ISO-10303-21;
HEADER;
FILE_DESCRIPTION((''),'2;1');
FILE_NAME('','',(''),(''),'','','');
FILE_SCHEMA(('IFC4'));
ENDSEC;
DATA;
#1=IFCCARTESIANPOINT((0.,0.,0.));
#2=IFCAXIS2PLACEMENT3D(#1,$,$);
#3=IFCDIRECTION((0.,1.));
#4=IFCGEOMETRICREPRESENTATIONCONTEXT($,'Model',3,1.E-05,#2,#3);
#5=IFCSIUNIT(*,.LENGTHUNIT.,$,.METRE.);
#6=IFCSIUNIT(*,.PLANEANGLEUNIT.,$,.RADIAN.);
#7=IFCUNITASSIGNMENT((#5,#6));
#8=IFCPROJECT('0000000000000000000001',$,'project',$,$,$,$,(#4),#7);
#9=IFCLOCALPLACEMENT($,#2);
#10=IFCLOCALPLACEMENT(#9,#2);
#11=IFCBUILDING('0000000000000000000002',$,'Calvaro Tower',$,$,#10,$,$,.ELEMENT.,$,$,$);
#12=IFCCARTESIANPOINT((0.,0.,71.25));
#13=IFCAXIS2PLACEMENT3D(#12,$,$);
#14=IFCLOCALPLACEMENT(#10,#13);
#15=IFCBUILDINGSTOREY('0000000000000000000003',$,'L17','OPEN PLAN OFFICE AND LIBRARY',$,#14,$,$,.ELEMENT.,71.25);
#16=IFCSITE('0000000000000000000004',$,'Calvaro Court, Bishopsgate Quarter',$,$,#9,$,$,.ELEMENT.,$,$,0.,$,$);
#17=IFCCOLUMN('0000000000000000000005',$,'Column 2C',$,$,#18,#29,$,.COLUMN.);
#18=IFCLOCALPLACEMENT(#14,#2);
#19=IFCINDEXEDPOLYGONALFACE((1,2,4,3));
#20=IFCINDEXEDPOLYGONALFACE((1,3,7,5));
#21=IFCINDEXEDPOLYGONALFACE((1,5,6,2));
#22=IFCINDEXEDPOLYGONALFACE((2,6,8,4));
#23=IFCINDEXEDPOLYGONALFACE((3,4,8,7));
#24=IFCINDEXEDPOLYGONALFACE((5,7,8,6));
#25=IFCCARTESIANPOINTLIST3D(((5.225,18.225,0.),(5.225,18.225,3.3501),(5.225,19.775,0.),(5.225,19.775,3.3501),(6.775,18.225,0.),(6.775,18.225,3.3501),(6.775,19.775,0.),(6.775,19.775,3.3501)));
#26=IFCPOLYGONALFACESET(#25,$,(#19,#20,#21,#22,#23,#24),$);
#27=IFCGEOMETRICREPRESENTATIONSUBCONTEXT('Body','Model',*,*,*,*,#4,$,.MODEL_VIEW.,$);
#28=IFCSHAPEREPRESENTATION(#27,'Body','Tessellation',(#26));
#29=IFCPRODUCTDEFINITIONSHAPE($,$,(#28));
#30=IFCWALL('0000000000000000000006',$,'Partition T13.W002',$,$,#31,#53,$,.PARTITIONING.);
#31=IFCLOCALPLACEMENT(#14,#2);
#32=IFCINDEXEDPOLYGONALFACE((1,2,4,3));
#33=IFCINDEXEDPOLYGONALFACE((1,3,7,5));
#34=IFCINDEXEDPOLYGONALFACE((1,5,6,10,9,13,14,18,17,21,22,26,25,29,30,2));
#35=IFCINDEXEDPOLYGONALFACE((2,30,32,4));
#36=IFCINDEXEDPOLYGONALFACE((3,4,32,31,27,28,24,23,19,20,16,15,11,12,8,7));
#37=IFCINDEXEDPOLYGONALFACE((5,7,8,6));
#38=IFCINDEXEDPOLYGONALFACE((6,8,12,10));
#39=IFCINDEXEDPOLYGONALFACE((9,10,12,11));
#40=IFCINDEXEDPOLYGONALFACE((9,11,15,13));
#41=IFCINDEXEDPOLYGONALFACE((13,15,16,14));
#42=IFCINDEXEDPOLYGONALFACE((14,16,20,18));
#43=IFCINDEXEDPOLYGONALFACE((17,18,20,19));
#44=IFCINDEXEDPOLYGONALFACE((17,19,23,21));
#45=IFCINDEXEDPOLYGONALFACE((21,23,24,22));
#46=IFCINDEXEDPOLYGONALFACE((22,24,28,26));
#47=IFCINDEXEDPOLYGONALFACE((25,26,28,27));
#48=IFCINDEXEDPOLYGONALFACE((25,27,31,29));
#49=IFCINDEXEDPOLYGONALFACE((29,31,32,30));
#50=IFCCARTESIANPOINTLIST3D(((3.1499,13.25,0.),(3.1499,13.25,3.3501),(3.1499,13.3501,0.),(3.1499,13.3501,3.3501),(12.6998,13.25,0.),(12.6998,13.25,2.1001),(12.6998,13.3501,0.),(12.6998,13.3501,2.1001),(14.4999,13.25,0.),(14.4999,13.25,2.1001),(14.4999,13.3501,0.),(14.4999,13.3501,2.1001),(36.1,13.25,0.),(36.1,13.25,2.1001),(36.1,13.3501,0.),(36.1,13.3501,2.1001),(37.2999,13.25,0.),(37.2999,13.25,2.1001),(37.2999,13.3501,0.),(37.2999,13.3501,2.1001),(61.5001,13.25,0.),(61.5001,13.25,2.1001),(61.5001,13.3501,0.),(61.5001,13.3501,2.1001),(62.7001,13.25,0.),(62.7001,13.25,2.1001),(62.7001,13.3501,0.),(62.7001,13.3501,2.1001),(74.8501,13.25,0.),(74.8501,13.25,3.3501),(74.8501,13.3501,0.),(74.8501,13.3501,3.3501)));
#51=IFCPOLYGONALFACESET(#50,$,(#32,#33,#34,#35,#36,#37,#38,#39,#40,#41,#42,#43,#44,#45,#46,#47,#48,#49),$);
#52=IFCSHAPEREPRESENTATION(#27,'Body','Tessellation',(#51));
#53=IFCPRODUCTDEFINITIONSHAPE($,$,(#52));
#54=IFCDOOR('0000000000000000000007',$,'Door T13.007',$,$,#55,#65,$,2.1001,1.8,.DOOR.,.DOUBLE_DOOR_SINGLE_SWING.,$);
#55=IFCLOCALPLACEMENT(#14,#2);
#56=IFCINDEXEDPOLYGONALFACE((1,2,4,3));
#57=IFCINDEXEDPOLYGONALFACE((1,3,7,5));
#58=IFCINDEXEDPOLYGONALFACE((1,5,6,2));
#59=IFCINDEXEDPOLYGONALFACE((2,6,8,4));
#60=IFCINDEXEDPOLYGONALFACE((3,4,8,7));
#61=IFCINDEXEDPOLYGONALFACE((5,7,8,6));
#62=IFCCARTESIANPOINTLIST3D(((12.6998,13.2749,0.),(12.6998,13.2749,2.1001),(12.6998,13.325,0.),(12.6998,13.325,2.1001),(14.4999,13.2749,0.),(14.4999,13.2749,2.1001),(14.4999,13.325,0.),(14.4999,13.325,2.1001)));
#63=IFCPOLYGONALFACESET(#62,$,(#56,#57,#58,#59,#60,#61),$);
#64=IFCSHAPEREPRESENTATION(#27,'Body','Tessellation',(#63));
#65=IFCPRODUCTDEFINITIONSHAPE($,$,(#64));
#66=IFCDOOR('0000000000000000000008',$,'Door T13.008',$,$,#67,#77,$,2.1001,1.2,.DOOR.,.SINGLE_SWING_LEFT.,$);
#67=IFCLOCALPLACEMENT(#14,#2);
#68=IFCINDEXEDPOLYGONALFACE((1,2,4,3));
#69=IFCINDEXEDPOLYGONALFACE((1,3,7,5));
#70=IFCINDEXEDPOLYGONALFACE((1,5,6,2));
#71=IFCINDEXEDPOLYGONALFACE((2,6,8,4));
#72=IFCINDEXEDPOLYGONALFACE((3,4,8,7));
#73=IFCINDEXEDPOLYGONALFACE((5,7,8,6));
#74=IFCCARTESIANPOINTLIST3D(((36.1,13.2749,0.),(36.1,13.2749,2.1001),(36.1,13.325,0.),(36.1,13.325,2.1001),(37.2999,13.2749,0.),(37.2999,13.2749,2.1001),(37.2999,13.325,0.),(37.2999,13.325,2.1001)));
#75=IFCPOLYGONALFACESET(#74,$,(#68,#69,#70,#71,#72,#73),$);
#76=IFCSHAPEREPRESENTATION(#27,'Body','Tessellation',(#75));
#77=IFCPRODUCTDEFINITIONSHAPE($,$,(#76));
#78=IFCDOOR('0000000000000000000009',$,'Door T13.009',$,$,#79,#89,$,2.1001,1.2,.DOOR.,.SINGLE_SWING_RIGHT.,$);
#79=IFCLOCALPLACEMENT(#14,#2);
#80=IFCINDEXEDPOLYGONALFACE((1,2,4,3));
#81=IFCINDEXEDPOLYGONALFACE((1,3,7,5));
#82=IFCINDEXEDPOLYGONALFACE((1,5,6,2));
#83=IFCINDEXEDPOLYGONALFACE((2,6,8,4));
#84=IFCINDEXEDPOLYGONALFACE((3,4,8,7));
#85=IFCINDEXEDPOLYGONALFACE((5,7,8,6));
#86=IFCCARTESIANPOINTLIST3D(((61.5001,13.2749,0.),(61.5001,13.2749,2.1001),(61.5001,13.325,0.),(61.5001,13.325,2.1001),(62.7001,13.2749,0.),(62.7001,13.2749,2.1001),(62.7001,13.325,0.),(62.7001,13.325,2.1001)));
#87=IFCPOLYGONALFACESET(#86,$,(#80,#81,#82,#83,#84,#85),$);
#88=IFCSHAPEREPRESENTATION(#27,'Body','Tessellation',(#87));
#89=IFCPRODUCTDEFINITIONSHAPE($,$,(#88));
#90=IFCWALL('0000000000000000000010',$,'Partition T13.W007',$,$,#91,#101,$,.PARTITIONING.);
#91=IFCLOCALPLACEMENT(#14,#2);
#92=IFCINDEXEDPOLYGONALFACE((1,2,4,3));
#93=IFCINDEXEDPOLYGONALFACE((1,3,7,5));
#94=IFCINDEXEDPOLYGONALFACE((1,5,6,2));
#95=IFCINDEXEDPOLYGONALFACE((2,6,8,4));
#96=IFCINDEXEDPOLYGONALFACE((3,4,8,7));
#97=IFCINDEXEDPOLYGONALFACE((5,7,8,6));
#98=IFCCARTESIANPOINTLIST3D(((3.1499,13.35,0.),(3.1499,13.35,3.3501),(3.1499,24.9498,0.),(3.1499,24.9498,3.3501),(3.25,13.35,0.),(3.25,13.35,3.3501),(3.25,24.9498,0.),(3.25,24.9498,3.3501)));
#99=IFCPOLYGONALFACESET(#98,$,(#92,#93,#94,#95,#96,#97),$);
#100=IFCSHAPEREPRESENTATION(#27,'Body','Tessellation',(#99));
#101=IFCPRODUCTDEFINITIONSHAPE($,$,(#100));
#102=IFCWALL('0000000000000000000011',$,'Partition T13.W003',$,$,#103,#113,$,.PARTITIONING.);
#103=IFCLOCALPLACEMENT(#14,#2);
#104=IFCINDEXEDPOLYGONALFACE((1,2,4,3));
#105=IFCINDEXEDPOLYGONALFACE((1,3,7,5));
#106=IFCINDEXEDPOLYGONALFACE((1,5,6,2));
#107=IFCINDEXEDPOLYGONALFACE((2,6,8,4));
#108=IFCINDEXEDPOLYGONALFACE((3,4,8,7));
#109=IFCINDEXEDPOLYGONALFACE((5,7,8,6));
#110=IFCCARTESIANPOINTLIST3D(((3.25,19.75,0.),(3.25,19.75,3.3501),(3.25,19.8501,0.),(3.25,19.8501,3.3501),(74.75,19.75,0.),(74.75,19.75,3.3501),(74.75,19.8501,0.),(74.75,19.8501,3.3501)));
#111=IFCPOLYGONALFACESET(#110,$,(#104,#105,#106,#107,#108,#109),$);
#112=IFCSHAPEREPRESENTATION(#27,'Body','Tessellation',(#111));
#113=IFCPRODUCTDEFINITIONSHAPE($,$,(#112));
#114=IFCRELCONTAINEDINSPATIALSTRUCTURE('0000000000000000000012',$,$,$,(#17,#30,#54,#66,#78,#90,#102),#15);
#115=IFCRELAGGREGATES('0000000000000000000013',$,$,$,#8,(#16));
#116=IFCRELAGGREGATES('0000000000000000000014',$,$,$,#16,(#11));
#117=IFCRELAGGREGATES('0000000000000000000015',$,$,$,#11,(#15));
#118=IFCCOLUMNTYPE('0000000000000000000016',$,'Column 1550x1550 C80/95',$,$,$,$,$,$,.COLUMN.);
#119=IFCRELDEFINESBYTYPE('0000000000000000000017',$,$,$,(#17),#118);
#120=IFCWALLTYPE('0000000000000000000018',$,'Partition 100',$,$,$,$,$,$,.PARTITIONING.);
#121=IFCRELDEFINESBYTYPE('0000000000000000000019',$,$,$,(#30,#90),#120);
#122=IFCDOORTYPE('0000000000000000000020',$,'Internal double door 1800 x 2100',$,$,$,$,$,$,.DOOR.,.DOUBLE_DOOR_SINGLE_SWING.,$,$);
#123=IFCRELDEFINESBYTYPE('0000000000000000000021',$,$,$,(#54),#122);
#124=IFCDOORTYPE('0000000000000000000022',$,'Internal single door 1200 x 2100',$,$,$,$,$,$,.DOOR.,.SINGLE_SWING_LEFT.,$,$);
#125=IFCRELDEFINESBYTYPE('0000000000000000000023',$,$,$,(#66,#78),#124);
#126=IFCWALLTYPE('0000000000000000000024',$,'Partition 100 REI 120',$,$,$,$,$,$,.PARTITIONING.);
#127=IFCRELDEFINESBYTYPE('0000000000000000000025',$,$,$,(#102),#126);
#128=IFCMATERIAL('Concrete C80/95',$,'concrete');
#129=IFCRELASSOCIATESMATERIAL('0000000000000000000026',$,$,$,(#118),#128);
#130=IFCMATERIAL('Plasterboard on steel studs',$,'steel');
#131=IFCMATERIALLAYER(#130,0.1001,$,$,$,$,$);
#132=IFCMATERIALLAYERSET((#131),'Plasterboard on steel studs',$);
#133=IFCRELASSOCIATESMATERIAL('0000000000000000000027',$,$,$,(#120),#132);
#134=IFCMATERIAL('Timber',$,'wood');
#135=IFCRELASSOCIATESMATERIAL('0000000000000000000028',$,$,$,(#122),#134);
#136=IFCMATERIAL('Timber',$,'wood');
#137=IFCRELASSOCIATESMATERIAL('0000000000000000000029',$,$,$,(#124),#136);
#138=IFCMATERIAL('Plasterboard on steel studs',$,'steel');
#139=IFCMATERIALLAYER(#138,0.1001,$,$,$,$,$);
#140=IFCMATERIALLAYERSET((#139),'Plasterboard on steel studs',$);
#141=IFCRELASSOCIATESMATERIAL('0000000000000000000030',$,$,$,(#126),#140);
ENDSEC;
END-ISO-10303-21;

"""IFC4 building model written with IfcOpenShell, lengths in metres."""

from ifc_helpers import new_model, si_unit, direction, frame, frame_2d, origin, origin_2d, place, context, subcontext, project, spatial, rectangle, extrude, material, layer, layer_set, material_profile, profile_set, type_object, element, fill, save


model = new_model("IFC4")

# Units and contexts
model_context = context("Model", 3, precision=1e-05, world=origin(), true_north=direction((0.0, 1.0)))
body_context = subcontext(model_context, "Body", "Model", "MODEL_VIEW")
ifc_project = project(units=[si_unit("LENGTHUNIT", "METRE"), si_unit("PLANEANGLEUNIT", "RADIAN")], contexts=[model_context])

# Site, building, storey
site_placement = place(None, origin())
site = spatial("IfcSite", under=ifc_project, at=site_placement, Name="Calvaro Court, Bishopsgate Quarter", CompositionType="ELEMENT", RefElevation=0.0)
building_placement = place(site_placement, origin())
building = spatial("IfcBuilding", under=site, at=building_placement, Name="Calvaro Tower", CompositionType="ELEMENT")
storey_placement = place(building_placement, frame((0.0, 0.0, 71.25)))
storey = spatial("IfcBuildingStorey", under=building, at=storey_placement, Name="L17", Description="OPEN PLAN OFFICE AND LIBRARY", CompositionType="ELEMENT", Elevation=71.25)

# Column
ifc_material_1 = material(Name="Concrete C80/95", Category="concrete")
ifc_material_profile = material_profile(ifc_material_1, rectangle(XDim=1.55, YDim=1.55, at=origin_2d()), Name="RC 1550x1550")
ifc_profile_set = profile_set([ifc_material_profile], Name="Concrete C80/95")
column_type = type_object("IfcColumnType", Name="Column 1550x1550 C80/95", PredefinedType="COLUMN", material=ifc_profile_set)
column_placement = place(storey_placement, frame((6.0, 19.0, 0.0), z_axis=(0.0, 0.0, 1.0), x_axis=(1.0, 0.0, 0.0)))
element("IfcColumn", 1, at=column_placement, inside=storey, type_object=column_type, Name="Column 2C", PredefinedType="COLUMN", context=body_context, shape_type="SweptSolid", body=[
    extrude(rectangle(XDim=1.55, YDim=1.55, at=origin_2d()), origin(), (0.0, 0.0, 1.0), 3.3501),
])

# Wall, openings, doors
ifc_material_2 = material(Name="Plasterboard on steel studs", Category="steel")
ifc_layer_1 = layer(ifc_material_2, 0.1001)
ifc_layer_set_1 = layer_set([ifc_layer_1], Name="Plasterboard on steel studs")
wall_type_1 = type_object("IfcWallType", Name="Partition 100", PredefinedType="PARTITIONING", material=ifc_layer_set_1)
wall_1_placement = place(storey_placement, frame((3.1499, 13.3, 0.0), z_axis=(0.0, 0.0, 1.0), x_axis=(1.0, 0.0, 0.0)))
wall_1 = element("IfcWall", 2, at=wall_1_placement, inside=storey, type_object=wall_type_1, Name="Partition T13.W002", PredefinedType="PARTITIONING", context=body_context, shape_type="SweptSolid", body=[
    extrude(rectangle(XDim=71.7002, YDim=0.1001, at=frame_2d((35.8501, 0.0))), origin(), (0.0, 0.0, 1.0), 3.3501),
])
opening_1_placement = place(wall_1_placement, frame((9.55, 0.0, 0.0)))
opening_1 = element("IfcOpeningElement", 3, at=opening_1_placement, cuts=wall_1, PredefinedType="OPENING", context=body_context, shape_type="SweptSolid", body=[
    extrude(rectangle(XDim=1.8, YDim=2.1001, at=frame_2d((0.8999, 1.05))), frame((0.0, 0.0601, 0.0), z_axis=(0.0, -1.0, 0.0), x_axis=(1.0, 0.0, 0.0)), (0.0, 0.0, 1.0), 0.1201),
])
opening_2_placement = place(wall_1_placement, frame((32.95, 0.0, 0.0)))
opening_2 = element("IfcOpeningElement", 4, at=opening_2_placement, cuts=wall_1, PredefinedType="OPENING", context=body_context, shape_type="SweptSolid", body=[
    extrude(rectangle(XDim=1.2, YDim=2.1001, at=frame_2d((0.6001, 1.05))), frame((0.0, 0.0601, 0.0), z_axis=(0.0, -1.0, 0.0), x_axis=(1.0, 0.0, 0.0)), (0.0, 0.0, 1.0), 0.1201),
])
opening_3_placement = place(wall_1_placement, frame((58.3501, 0.0, 0.0)))
opening_3 = element("IfcOpeningElement", 5, at=opening_3_placement, cuts=wall_1, PredefinedType="OPENING", context=body_context, shape_type="SweptSolid", body=[
    extrude(rectangle(XDim=1.2, YDim=2.1001, at=frame_2d((0.6001, 1.05))), frame((0.0, 0.0601, 0.0), z_axis=(0.0, -1.0, 0.0), x_axis=(1.0, 0.0, 0.0)), (0.0, 0.0, 1.0), 0.1201),
])
ifc_material_3 = material(Name="Timber", Category="wood")
door_type_1 = type_object("IfcDoorType", Name="Internal double door 1800 x 2100", OperationType="DOUBLE_DOOR_SINGLE_SWING", PredefinedType="DOOR", material=ifc_material_3)
door_1_placement = place(opening_1_placement, origin())
door_1 = element("IfcDoor", 6, at=door_1_placement, inside=storey, type_object=door_type_1, Name="Door T13.007", OperationType="DOUBLE_DOOR_SINGLE_SWING", OverallHeight=2.1001, OverallWidth=1.8, PredefinedType="DOOR", context=body_context, shape_type="SweptSolid", body=[
    extrude(rectangle(XDim=1.8, YDim=2.1001, at=frame_2d((0.8999, 1.05))), frame((0.0, 0.0249, 0.0), z_axis=(0.0, -1.0, 0.0), x_axis=(1.0, 0.0, 0.0)), (0.0, 0.0, 1.0), 0.05),
])
fill(opening_1, door_1)
ifc_material_4 = material(Name="Timber", Category="wood")
door_type_2 = type_object("IfcDoorType", Name="Internal single door 1200 x 2100", OperationType="SINGLE_SWING_LEFT", PredefinedType="DOOR", material=ifc_material_4)
door_2_placement = place(opening_2_placement, origin())
door_2 = element("IfcDoor", 7, at=door_2_placement, inside=storey, type_object=door_type_2, Name="Door T13.008", OperationType="SINGLE_SWING_LEFT", OverallHeight=2.1001, OverallWidth=1.2, PredefinedType="DOOR", context=body_context, shape_type="SweptSolid", body=[
    extrude(rectangle(XDim=1.2, YDim=2.1001, at=frame_2d((0.6001, 1.05))), frame((0.0, 0.0249, 0.0), z_axis=(0.0, -1.0, 0.0), x_axis=(1.0, 0.0, 0.0)), (0.0, 0.0, 1.0), 0.05),
])
fill(opening_2, door_2)
door_3_placement = place(opening_3_placement, origin())
door_3 = element("IfcDoor", 8, at=door_3_placement, inside=storey, type_object=door_type_2, Name="Door T13.009", OperationType="SINGLE_SWING_RIGHT", OverallHeight=2.1001, OverallWidth=1.2, PredefinedType="DOOR", context=body_context, shape_type="SweptSolid", body=[
    extrude(rectangle(XDim=1.2, YDim=2.1001, at=frame_2d((0.6001, 1.05))), frame((0.0, 0.0249, 0.0), z_axis=(0.0, -1.0, 0.0), x_axis=(1.0, 0.0, 0.0)), (0.0, 0.0, 1.0), 0.05),
])
fill(opening_3, door_3)

# Walls
wall_2_placement = place(storey_placement, frame((3.2, 13.3501, 0.0), z_axis=(0.0, 0.0, 1.0), x_axis=(0.0, 1.0, 0.0)))
element("IfcWall", 9, at=wall_2_placement, inside=storey, type_object=wall_type_1, Name="Partition T13.W007", PredefinedType="PARTITIONING", context=body_context, shape_type="SweptSolid", body=[
    extrude(rectangle(XDim=11.5999, YDim=0.1001, at=frame_2d((5.7998, 0.0))), origin(), (0.0, 0.0, 1.0), 3.3501),
])
ifc_material_5 = material(Name="Plasterboard on steel studs", Category="steel")
ifc_layer_2 = layer(ifc_material_5, 0.1001)
ifc_layer_set_2 = layer_set([ifc_layer_2], Name="Plasterboard on steel studs")
wall_type_2 = type_object("IfcWallType", Name="Partition 100 REI 120", PredefinedType="PARTITIONING", material=ifc_layer_set_2)
wall_3_placement = place(storey_placement, frame((3.25, 19.8, 0.0), z_axis=(0.0, 0.0, 1.0), x_axis=(1.0, 0.0, 0.0)))
element("IfcWall", 10, at=wall_3_placement, inside=storey, type_object=wall_type_2, Name="Partition T13.W003", PredefinedType="PARTITIONING", context=body_context, shape_type="SweptSolid", body=[
    extrude(rectangle(XDim=71.5, YDim=0.1001, at=frame_2d((35.75, 0.0))), origin(), (0.0, 0.0, 1.0), 3.3501),
])

save(model, "model.ifc")
